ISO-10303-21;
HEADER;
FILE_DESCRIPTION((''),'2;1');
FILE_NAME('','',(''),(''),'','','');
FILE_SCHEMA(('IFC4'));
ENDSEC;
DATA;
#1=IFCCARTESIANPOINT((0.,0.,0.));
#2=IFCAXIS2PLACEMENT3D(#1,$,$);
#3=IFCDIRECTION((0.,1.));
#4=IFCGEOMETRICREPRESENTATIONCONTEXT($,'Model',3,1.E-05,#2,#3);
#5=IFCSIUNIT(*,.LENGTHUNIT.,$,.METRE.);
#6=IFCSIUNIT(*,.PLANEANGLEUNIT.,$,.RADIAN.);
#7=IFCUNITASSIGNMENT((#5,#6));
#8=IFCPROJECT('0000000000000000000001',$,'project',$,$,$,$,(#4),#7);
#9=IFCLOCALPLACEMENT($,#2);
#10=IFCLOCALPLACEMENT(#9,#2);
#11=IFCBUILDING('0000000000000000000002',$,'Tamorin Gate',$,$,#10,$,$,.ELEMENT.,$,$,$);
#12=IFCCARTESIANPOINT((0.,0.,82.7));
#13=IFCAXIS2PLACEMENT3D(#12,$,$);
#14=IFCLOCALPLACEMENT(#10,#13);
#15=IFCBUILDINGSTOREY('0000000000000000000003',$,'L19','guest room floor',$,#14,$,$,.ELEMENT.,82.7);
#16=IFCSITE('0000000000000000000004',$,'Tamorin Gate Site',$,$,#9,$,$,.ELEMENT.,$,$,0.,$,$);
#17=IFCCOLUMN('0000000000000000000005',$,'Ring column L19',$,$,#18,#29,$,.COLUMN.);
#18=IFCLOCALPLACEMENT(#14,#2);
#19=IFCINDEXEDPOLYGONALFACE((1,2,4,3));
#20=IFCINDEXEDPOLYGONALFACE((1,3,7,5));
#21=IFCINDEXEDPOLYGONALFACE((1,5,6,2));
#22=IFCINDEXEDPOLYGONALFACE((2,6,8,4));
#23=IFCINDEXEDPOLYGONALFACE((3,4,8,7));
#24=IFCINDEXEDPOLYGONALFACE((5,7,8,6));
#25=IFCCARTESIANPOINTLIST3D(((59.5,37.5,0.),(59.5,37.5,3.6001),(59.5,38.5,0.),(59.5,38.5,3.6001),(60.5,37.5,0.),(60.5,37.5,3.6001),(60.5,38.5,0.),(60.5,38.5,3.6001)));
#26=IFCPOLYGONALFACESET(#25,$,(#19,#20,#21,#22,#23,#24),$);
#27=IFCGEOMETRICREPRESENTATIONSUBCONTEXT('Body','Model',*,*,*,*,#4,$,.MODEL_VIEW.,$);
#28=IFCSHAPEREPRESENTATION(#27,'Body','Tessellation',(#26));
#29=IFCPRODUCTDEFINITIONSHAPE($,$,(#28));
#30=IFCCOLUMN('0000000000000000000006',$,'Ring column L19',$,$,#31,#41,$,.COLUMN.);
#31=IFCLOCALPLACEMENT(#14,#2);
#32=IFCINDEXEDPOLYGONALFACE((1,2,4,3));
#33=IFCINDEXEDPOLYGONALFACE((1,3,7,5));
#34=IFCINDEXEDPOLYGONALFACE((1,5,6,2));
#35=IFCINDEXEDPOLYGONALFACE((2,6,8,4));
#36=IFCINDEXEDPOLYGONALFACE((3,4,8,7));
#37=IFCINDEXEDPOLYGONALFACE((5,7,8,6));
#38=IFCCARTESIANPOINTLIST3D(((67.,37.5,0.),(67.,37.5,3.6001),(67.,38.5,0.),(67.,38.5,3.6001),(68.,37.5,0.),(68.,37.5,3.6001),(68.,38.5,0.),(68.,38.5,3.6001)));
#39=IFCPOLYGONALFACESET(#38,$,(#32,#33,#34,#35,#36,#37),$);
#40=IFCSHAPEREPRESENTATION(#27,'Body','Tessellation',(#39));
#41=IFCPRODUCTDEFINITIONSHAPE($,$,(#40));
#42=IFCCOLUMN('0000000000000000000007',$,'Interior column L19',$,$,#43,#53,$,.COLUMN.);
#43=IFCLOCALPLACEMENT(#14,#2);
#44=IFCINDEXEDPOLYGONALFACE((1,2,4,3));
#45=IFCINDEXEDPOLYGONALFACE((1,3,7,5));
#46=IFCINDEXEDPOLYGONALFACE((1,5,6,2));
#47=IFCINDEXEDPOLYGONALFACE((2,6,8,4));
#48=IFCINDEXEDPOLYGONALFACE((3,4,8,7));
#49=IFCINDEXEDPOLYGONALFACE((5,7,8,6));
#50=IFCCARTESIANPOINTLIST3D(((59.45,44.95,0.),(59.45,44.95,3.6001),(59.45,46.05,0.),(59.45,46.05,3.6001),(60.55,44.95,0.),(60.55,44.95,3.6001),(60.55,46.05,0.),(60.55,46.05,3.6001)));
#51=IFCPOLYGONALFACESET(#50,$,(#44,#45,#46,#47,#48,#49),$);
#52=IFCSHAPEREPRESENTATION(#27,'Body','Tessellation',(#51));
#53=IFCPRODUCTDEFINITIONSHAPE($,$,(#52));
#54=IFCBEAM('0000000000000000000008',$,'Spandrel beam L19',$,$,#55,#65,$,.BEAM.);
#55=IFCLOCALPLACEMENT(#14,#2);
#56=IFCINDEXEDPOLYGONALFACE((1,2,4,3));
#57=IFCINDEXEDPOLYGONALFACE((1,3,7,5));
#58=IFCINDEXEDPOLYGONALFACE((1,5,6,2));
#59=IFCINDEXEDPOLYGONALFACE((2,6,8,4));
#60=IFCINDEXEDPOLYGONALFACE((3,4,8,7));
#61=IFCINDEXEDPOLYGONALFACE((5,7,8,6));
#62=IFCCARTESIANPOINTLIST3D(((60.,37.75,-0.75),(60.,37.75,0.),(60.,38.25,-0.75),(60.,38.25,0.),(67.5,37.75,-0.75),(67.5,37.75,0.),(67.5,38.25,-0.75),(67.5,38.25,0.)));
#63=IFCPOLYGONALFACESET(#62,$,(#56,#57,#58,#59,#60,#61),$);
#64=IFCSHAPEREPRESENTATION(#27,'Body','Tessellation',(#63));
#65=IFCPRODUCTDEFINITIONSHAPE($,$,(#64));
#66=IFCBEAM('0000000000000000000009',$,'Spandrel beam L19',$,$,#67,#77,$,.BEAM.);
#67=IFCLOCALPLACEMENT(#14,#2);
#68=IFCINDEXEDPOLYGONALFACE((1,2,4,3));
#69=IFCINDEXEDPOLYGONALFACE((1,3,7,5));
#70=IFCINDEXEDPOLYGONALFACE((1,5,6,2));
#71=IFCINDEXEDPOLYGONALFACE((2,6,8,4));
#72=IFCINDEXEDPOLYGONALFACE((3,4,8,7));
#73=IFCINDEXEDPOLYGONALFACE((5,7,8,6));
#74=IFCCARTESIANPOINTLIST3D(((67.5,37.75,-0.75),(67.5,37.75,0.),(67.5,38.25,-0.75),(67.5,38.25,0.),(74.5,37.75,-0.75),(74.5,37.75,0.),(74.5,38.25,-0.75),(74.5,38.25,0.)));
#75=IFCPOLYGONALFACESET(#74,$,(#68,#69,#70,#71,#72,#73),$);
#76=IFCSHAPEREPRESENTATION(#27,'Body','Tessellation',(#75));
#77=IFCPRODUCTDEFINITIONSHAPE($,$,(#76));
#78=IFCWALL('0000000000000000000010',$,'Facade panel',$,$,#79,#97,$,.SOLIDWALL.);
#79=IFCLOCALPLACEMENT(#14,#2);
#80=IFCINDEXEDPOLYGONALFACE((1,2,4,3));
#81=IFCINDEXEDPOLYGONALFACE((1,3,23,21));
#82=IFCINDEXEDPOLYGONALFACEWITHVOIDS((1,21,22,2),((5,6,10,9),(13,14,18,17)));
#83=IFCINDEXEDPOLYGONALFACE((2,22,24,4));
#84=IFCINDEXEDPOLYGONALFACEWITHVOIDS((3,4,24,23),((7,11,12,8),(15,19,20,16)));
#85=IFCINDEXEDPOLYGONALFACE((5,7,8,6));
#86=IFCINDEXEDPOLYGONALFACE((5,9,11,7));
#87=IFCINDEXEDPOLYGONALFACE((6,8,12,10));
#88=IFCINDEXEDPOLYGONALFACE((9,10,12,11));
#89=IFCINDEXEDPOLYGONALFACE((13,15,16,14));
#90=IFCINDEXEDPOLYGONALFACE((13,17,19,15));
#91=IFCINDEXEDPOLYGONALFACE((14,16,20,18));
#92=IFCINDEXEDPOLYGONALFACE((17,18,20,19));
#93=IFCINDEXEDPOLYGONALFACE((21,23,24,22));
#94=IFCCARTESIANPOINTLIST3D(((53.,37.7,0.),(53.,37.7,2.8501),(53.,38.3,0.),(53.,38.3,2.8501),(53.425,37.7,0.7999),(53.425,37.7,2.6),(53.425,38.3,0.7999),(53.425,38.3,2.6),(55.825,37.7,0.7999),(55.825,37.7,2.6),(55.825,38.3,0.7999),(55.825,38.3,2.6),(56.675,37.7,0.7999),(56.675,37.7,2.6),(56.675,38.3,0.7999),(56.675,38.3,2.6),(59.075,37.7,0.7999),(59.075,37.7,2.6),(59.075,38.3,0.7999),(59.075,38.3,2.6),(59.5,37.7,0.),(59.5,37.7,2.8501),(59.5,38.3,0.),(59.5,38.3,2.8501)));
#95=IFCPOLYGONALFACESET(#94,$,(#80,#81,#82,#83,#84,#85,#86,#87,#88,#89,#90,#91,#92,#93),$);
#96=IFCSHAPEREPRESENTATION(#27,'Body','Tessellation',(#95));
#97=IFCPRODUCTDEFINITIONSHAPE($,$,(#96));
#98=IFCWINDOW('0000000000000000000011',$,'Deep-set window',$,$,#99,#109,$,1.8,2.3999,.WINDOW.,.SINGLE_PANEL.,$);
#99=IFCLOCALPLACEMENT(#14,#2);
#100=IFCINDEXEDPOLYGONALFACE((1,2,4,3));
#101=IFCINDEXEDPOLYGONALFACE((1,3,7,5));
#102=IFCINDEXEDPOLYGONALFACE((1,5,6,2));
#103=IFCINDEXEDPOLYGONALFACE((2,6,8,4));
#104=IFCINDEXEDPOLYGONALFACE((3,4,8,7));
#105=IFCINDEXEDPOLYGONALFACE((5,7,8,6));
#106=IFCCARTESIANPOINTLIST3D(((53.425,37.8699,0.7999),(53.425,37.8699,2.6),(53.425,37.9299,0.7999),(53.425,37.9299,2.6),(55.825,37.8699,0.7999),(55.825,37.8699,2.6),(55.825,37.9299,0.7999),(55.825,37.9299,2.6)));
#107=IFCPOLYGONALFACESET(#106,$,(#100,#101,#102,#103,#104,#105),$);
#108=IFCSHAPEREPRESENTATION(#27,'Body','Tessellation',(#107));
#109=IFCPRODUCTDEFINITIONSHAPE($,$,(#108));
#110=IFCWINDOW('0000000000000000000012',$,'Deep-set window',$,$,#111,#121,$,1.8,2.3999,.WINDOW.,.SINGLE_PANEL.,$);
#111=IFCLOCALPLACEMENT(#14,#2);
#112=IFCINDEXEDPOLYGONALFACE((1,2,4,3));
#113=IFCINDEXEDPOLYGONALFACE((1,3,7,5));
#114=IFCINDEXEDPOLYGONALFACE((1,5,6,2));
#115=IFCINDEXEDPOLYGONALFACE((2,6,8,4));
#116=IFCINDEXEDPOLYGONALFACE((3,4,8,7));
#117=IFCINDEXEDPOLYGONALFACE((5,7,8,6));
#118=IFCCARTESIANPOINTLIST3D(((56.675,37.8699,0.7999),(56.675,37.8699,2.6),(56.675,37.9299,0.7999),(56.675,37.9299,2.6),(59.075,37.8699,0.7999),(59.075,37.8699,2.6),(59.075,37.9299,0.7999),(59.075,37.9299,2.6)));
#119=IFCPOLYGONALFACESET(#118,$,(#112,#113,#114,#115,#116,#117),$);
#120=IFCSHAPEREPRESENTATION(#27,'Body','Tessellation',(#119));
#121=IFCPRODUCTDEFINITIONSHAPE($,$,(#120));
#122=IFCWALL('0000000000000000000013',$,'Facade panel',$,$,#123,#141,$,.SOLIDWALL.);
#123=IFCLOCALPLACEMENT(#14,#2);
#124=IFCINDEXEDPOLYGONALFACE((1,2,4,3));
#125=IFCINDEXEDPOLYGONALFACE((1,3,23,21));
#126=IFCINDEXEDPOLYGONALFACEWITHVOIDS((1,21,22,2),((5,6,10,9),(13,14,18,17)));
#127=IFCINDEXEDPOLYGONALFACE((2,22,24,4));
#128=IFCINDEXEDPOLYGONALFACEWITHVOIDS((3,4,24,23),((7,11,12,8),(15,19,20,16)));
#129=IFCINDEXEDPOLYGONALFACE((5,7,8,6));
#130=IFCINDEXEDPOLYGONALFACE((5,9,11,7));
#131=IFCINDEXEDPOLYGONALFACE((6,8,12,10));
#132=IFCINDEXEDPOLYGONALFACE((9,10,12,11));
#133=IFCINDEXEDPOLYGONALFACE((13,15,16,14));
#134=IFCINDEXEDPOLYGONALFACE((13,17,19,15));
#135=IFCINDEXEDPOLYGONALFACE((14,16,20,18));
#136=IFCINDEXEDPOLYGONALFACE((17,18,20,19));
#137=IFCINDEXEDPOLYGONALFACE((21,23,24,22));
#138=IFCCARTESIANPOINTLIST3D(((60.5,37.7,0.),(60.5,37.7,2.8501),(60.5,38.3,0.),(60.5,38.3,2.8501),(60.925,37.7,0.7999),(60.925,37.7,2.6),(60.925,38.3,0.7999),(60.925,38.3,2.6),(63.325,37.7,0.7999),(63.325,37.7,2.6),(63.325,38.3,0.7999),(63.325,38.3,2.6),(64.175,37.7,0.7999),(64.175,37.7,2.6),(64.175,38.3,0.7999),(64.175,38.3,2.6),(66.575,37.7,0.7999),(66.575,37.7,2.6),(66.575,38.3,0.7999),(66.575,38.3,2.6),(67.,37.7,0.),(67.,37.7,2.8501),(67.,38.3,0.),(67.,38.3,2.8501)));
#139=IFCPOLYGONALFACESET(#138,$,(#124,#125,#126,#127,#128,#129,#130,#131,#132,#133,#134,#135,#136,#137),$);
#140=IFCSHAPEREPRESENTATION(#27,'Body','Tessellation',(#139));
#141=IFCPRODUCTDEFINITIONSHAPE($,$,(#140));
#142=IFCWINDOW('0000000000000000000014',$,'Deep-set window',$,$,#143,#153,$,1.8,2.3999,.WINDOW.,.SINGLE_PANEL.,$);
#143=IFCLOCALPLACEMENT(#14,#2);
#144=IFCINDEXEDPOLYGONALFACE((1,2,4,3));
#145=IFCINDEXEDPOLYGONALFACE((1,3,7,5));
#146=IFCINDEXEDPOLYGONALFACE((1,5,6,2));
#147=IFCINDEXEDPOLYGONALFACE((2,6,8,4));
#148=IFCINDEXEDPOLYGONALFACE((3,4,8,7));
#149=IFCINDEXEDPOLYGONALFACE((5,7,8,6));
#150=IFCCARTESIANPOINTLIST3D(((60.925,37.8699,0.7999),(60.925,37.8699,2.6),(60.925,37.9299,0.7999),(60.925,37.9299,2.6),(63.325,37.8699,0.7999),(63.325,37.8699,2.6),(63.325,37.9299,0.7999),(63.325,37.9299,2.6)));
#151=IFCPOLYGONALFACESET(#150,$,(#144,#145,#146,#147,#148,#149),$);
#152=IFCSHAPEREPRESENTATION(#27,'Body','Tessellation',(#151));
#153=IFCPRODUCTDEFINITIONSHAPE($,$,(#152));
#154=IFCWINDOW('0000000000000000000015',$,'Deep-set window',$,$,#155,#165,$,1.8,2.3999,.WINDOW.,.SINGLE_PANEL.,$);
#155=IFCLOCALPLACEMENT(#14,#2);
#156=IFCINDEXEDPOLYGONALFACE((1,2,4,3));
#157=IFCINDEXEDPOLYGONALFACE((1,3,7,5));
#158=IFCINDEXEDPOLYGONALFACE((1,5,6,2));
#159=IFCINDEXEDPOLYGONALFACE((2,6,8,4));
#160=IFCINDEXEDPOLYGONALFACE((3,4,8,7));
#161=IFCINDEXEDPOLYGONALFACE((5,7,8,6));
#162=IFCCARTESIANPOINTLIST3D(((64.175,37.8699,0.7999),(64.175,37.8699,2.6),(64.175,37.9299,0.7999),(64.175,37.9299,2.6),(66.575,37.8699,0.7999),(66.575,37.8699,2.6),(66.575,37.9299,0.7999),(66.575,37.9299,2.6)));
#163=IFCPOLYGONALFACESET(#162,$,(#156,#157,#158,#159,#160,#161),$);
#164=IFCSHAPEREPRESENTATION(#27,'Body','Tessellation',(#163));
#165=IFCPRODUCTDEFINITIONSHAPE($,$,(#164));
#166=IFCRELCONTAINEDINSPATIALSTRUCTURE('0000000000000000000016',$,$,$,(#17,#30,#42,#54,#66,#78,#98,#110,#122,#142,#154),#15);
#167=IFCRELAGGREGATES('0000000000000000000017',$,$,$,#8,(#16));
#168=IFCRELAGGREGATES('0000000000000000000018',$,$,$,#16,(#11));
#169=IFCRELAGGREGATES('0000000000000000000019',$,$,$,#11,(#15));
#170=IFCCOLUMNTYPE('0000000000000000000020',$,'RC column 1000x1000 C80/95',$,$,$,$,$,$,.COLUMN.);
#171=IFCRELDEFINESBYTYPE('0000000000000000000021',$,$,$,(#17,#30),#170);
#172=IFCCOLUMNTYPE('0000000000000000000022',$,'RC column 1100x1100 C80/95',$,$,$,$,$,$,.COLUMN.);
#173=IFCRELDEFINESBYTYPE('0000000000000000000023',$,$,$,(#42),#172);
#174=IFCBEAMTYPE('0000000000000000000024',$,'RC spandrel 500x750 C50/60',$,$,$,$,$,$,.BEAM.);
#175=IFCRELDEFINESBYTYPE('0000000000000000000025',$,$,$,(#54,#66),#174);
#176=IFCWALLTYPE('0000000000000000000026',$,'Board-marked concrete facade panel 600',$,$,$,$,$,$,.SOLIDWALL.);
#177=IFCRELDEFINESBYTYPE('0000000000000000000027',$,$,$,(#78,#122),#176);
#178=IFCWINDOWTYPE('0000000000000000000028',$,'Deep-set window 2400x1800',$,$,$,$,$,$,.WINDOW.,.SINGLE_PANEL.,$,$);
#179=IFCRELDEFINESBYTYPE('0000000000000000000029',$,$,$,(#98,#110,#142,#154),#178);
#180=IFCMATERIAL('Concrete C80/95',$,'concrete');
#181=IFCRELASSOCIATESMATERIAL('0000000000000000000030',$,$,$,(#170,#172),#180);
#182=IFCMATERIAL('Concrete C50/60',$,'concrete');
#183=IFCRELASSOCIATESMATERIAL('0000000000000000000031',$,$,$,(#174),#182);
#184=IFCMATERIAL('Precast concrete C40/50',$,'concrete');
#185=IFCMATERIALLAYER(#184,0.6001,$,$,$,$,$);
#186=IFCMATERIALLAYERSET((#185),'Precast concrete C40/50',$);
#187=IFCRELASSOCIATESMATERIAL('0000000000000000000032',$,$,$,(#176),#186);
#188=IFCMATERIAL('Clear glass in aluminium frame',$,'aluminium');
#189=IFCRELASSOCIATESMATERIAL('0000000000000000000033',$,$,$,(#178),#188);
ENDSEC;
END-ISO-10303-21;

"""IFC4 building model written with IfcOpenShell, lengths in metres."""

from ifc_helpers import new_model, si_unit, direction, frame, frame_2d, origin, origin_2d, place, context, subcontext, project, spatial, rectangle, extrude, material, layer, layer_set, material_profile, profile_set, type_object, element, fill, save


model = new_model("IFC4")

# Units and contexts
model_context = context("Model", 3, precision=1e-05, world=origin(), true_north=direction((0.0, 1.0)))
body_context = subcontext(model_context, "Body", "Model", "MODEL_VIEW")
ifc_project = project(units=[si_unit("LENGTHUNIT", "METRE"), si_unit("PLANEANGLEUNIT", "RADIAN")], contexts=[model_context])

# Site, building, storey
site_placement = place(None, origin())
site = spatial("IfcSite", under=ifc_project, at=site_placement, Name="Tamorin Gate Site", CompositionType="ELEMENT", RefElevation=0.0)
building_placement = place(site_placement, origin())
building = spatial("IfcBuilding", under=site, at=building_placement, Name="Tamorin Gate", CompositionType="ELEMENT")
storey_placement = place(building_placement, frame((0.0, 0.0, 82.7)))
storey = spatial("IfcBuildingStorey", under=building, at=storey_placement, Name="L19", Description="guest room floor", CompositionType="ELEMENT", Elevation=82.7)

# Columns
ifc_material_1 = material(Name="Concrete C80/95", Category="concrete")
ifc_material_profile_1 = material_profile(ifc_material_1, rectangle(XDim=1.0, YDim=1.0, at=origin_2d()), Name="RC 1000x1000")
ifc_profile_set_1 = profile_set([ifc_material_profile_1], Name="Concrete C80/95")
column_type_1 = type_object("IfcColumnType", Name="RC column 1000x1000 C80/95", PredefinedType="COLUMN", material=ifc_profile_set_1)
for number, where, z_axis, x_axis, name in (
    (1, (60.0, 38.0, 0.0), (0.0, 0.0, 1.0), (1.0, 0.0, 0.0), "Ring column L19"),
    (2, (67.5, 38.0, 0.0), (0.0, 0.0, 1.0), (1.0, 0.0, 0.0), "Ring column L19"),
):
    element("IfcColumn", number, at=place(storey_placement, frame(where, z_axis=z_axis, x_axis=x_axis)), inside=storey, type_object=column_type_1, Name=name, PredefinedType="COLUMN", context=body_context, shape_type="SweptSolid", body=[
        extrude(rectangle(XDim=1.0, YDim=1.0, at=origin_2d()), origin(), (0.0, 0.0, 1.0), 3.6001),
    ])
ifc_material_profile_2 = material_profile(ifc_material_1, rectangle(XDim=1.1001, YDim=1.1001, at=origin_2d()), Name="RC 1100x1100")
ifc_profile_set_2 = profile_set([ifc_material_profile_2], Name="Concrete C80/95")
column_type_2 = type_object("IfcColumnType", Name="RC column 1100x1100 C80/95", PredefinedType="COLUMN", material=ifc_profile_set_2)
column_placement = place(storey_placement, frame((60.0, 45.5, 0.0), z_axis=(0.0, 0.0, 1.0), x_axis=(1.0, 0.0, 0.0)))
element("IfcColumn", 3, at=column_placement, inside=storey, type_object=column_type_2, Name="Interior column L19", PredefinedType="COLUMN", context=body_context, shape_type="SweptSolid", body=[
    extrude(rectangle(XDim=1.1001, YDim=1.1001, at=origin_2d()), origin(), (0.0, 0.0, 1.0), 3.6001),
])

# Beams
ifc_material_2 = material(Name="Concrete C50/60", Category="concrete")
ifc_material_profile_3 = material_profile(ifc_material_2, rectangle(XDim=0.5, YDim=0.75, at=origin_2d()), Name="RC 500x750")
ifc_profile_set_3 = profile_set([ifc_material_profile_3], Name="Concrete C50/60")
beam_type = type_object("IfcBeamType", Name="RC spandrel 500x750 C50/60", PredefinedType="BEAM", material=ifc_profile_set_3)
beam_1_placement = place(storey_placement, frame((60.0, 38.0, -0.375), z_axis=(1.0, 0.0, 0.0), x_axis=(0.0, 1.0, 0.0)))
element("IfcBeam", 4, at=beam_1_placement, inside=storey, type_object=beam_type, Name="Spandrel beam L19", PredefinedType="BEAM", context=body_context, shape_type="SweptSolid", body=[
    extrude(rectangle(XDim=0.5, YDim=0.75, at=origin_2d()), origin(), (0.0, 0.0, 1.0), 7.5),
])
beam_2_placement = place(storey_placement, frame((67.5, 38.0, -0.375), z_axis=(1.0, 0.0, 0.0), x_axis=(0.0, 1.0, 0.0)))
element("IfcBeam", 5, at=beam_2_placement, inside=storey, type_object=beam_type, Name="Spandrel beam L19", PredefinedType="BEAM", context=body_context, shape_type="SweptSolid", body=[
    extrude(rectangle(XDim=0.5, YDim=0.75, at=origin_2d()), origin(), (0.0, 0.0, 1.0), 7.0),
])

# Walls, openings, windows
ifc_material_3 = material(Name="Precast concrete C40/50", Category="concrete")
ifc_layer_1 = layer(ifc_material_3, 0.6001)
ifc_layer_set_1 = layer_set([ifc_layer_1], Name="Precast concrete C40/50")
wall_type_1 = type_object("IfcWallType", Name="Board-marked concrete facade panel 600", PredefinedType="SOLIDWALL", material=ifc_layer_set_1)
wall_1_placement = place(storey_placement, frame((53.0, 38.0, 0.0), z_axis=(0.0, 0.0, 1.0), x_axis=(1.0, 0.0, 0.0)))
wall_1 = element("IfcWall", 6, at=wall_1_placement, inside=storey, type_object=wall_type_1, Name="Facade panel", PredefinedType="SOLIDWALL", context=body_context, shape_type="SweptSolid", body=[
    extrude(rectangle(XDim=6.5, YDim=0.6001, at=frame_2d((3.25, 0.0))), origin(), (0.0, 0.0, 1.0), 2.8501),
])
opening_1_placement = place(wall_1_placement, frame((0.425, 0.0, 0.8)))
opening_1 = element("IfcOpeningElement", 7, at=opening_1_placement, cuts=wall_1, PredefinedType="OPENING", context=body_context, shape_type="SweptSolid", body=[
    extrude(rectangle(XDim=2.3999, YDim=1.8, at=frame_2d((1.2, 0.8999))), frame((0.0, 0.3101, 0.0), z_axis=(0.0, -1.0, 0.0), x_axis=(1.0, 0.0, 0.0)), (0.0, 0.0, 1.0), 0.6201),
])
opening_2_placement = place(wall_1_placement, frame((3.675, 0.0, 0.8)))
opening_2 = element("IfcOpeningElement", 8, at=opening_2_placement, cuts=wall_1, PredefinedType="OPENING", context=body_context, shape_type="SweptSolid", body=[
    extrude(rectangle(XDim=2.3999, YDim=1.8, at=frame_2d((1.2, 0.8999))), frame((0.0, 0.3101, 0.0), z_axis=(0.0, -1.0, 0.0), x_axis=(1.0, 0.0, 0.0)), (0.0, 0.0, 1.0), 0.6201),
])
ifc_material_4 = material(Name="Clear glass in aluminium frame", Category="aluminium")
window_type = type_object("IfcWindowType", Name="Deep-set window 2400x1800", PartitioningType="SINGLE_PANEL", PredefinedType="WINDOW", material=ifc_material_4)
window_1_placement = place(opening_1_placement, origin())
window_1 = element("IfcWindow", 9, at=window_1_placement, inside=storey, type_object=window_type, Name="Deep-set window", OverallHeight=1.8, OverallWidth=2.3999, PartitioningType="SINGLE_PANEL", PredefinedType="WINDOW", context=body_context, shape_type="SweptSolid", body=[
    extrude(rectangle(XDim=2.3999, YDim=1.8, at=frame_2d((1.2, 0.8999))), frame((0.0, -0.0701, 0.0), z_axis=(0.0, -1.0, 0.0), x_axis=(1.0, 0.0, 0.0)), (0.0, 0.0, 1.0), 0.0601),
])
fill(opening_1, window_1)
window_2_placement = place(opening_2_placement, origin())
window_2 = element("IfcWindow", 10, at=window_2_placement, inside=storey, type_object=window_type, Name="Deep-set window", OverallHeight=1.8, OverallWidth=2.3999, PartitioningType="SINGLE_PANEL", PredefinedType="WINDOW", context=body_context, shape_type="SweptSolid", body=[
    extrude(rectangle(XDim=2.3999, YDim=1.8, at=frame_2d((1.2, 0.8999))), frame((0.0, -0.0701, 0.0), z_axis=(0.0, -1.0, 0.0), x_axis=(1.0, 0.0, 0.0)), (0.0, 0.0, 1.0), 0.0601),
])
fill(opening_2, window_2)
wall_2_placement = place(storey_placement, frame((60.5, 38.0, 0.0), z_axis=(0.0, 0.0, 1.0), x_axis=(1.0, 0.0, 0.0)))
wall_2 = element("IfcWall", 11, at=wall_2_placement, inside=storey, type_object=wall_type_1, Name="Facade panel", PredefinedType="SOLIDWALL", context=body_context, shape_type="SweptSolid", body=[
    extrude(rectangle(XDim=6.5, YDim=0.6001, at=frame_2d((3.25, 0.0))), origin(), (0.0, 0.0, 1.0), 2.8501),
])
opening_3_placement = place(wall_2_placement, frame((0.425, 0.0, 0.8)))
opening_3 = element("IfcOpeningElement", 12, at=opening_3_placement, cuts=wall_2, PredefinedType="OPENING", context=body_context, shape_type="SweptSolid", body=[
    extrude(rectangle(XDim=2.3999, YDim=1.8, at=frame_2d((1.2, 0.8999))), frame((0.0, 0.3101, 0.0), z_axis=(0.0, -1.0, 0.0), x_axis=(1.0, 0.0, 0.0)), (0.0, 0.0, 1.0), 0.6201),
])
opening_4_placement = place(wall_2_placement, frame((3.675, 0.0, 0.8)))
opening_4 = element("IfcOpeningElement", 13, at=opening_4_placement, cuts=wall_2, PredefinedType="OPENING", context=body_context, shape_type="SweptSolid", body=[
    extrude(rectangle(XDim=2.3999, YDim=1.8, at=frame_2d((1.2, 0.8999))), frame((0.0, 0.3101, 0.0), z_axis=(0.0, -1.0, 0.0), x_axis=(1.0, 0.0, 0.0)), (0.0, 0.0, 1.0), 0.6201),
])
window_3_placement = place(opening_3_placement, origin())
window_3 = element("IfcWindow", 14, at=window_3_placement, inside=storey, type_object=window_type, Name="Deep-set window", OverallHeight=1.8, OverallWidth=2.3999, PartitioningType="SINGLE_PANEL", PredefinedType="WINDOW", context=body_context, shape_type="SweptSolid", body=[
    extrude(rectangle(XDim=2.3999, YDim=1.8, at=frame_2d((1.2, 0.8999))), frame((0.0, -0.0701, 0.0), z_axis=(0.0, -1.0, 0.0), x_axis=(1.0, 0.0, 0.0)), (0.0, 0.0, 1.0), 0.0601),
])
fill(opening_3, window_3)
window_4_placement = place(opening_4_placement, origin())
window_4 = element("IfcWindow", 15, at=window_4_placement, inside=storey, type_object=window_type, Name="Deep-set window", OverallHeight=1.8, OverallWidth=2.3999, PartitioningType="SINGLE_PANEL", PredefinedType="WINDOW", context=body_context, shape_type="SweptSolid", body=[
    extrude(rectangle(XDim=2.3999, YDim=1.8, at=frame_2d((1.2, 0.8999))), frame((0.0, -0.0701, 0.0), z_axis=(0.0, -1.0, 0.0), x_axis=(1.0, 0.0, 0.0)), (0.0, 0.0, 1.0), 0.0601),
])
fill(opening_4, window_4)

save(model, "model.ifc")
